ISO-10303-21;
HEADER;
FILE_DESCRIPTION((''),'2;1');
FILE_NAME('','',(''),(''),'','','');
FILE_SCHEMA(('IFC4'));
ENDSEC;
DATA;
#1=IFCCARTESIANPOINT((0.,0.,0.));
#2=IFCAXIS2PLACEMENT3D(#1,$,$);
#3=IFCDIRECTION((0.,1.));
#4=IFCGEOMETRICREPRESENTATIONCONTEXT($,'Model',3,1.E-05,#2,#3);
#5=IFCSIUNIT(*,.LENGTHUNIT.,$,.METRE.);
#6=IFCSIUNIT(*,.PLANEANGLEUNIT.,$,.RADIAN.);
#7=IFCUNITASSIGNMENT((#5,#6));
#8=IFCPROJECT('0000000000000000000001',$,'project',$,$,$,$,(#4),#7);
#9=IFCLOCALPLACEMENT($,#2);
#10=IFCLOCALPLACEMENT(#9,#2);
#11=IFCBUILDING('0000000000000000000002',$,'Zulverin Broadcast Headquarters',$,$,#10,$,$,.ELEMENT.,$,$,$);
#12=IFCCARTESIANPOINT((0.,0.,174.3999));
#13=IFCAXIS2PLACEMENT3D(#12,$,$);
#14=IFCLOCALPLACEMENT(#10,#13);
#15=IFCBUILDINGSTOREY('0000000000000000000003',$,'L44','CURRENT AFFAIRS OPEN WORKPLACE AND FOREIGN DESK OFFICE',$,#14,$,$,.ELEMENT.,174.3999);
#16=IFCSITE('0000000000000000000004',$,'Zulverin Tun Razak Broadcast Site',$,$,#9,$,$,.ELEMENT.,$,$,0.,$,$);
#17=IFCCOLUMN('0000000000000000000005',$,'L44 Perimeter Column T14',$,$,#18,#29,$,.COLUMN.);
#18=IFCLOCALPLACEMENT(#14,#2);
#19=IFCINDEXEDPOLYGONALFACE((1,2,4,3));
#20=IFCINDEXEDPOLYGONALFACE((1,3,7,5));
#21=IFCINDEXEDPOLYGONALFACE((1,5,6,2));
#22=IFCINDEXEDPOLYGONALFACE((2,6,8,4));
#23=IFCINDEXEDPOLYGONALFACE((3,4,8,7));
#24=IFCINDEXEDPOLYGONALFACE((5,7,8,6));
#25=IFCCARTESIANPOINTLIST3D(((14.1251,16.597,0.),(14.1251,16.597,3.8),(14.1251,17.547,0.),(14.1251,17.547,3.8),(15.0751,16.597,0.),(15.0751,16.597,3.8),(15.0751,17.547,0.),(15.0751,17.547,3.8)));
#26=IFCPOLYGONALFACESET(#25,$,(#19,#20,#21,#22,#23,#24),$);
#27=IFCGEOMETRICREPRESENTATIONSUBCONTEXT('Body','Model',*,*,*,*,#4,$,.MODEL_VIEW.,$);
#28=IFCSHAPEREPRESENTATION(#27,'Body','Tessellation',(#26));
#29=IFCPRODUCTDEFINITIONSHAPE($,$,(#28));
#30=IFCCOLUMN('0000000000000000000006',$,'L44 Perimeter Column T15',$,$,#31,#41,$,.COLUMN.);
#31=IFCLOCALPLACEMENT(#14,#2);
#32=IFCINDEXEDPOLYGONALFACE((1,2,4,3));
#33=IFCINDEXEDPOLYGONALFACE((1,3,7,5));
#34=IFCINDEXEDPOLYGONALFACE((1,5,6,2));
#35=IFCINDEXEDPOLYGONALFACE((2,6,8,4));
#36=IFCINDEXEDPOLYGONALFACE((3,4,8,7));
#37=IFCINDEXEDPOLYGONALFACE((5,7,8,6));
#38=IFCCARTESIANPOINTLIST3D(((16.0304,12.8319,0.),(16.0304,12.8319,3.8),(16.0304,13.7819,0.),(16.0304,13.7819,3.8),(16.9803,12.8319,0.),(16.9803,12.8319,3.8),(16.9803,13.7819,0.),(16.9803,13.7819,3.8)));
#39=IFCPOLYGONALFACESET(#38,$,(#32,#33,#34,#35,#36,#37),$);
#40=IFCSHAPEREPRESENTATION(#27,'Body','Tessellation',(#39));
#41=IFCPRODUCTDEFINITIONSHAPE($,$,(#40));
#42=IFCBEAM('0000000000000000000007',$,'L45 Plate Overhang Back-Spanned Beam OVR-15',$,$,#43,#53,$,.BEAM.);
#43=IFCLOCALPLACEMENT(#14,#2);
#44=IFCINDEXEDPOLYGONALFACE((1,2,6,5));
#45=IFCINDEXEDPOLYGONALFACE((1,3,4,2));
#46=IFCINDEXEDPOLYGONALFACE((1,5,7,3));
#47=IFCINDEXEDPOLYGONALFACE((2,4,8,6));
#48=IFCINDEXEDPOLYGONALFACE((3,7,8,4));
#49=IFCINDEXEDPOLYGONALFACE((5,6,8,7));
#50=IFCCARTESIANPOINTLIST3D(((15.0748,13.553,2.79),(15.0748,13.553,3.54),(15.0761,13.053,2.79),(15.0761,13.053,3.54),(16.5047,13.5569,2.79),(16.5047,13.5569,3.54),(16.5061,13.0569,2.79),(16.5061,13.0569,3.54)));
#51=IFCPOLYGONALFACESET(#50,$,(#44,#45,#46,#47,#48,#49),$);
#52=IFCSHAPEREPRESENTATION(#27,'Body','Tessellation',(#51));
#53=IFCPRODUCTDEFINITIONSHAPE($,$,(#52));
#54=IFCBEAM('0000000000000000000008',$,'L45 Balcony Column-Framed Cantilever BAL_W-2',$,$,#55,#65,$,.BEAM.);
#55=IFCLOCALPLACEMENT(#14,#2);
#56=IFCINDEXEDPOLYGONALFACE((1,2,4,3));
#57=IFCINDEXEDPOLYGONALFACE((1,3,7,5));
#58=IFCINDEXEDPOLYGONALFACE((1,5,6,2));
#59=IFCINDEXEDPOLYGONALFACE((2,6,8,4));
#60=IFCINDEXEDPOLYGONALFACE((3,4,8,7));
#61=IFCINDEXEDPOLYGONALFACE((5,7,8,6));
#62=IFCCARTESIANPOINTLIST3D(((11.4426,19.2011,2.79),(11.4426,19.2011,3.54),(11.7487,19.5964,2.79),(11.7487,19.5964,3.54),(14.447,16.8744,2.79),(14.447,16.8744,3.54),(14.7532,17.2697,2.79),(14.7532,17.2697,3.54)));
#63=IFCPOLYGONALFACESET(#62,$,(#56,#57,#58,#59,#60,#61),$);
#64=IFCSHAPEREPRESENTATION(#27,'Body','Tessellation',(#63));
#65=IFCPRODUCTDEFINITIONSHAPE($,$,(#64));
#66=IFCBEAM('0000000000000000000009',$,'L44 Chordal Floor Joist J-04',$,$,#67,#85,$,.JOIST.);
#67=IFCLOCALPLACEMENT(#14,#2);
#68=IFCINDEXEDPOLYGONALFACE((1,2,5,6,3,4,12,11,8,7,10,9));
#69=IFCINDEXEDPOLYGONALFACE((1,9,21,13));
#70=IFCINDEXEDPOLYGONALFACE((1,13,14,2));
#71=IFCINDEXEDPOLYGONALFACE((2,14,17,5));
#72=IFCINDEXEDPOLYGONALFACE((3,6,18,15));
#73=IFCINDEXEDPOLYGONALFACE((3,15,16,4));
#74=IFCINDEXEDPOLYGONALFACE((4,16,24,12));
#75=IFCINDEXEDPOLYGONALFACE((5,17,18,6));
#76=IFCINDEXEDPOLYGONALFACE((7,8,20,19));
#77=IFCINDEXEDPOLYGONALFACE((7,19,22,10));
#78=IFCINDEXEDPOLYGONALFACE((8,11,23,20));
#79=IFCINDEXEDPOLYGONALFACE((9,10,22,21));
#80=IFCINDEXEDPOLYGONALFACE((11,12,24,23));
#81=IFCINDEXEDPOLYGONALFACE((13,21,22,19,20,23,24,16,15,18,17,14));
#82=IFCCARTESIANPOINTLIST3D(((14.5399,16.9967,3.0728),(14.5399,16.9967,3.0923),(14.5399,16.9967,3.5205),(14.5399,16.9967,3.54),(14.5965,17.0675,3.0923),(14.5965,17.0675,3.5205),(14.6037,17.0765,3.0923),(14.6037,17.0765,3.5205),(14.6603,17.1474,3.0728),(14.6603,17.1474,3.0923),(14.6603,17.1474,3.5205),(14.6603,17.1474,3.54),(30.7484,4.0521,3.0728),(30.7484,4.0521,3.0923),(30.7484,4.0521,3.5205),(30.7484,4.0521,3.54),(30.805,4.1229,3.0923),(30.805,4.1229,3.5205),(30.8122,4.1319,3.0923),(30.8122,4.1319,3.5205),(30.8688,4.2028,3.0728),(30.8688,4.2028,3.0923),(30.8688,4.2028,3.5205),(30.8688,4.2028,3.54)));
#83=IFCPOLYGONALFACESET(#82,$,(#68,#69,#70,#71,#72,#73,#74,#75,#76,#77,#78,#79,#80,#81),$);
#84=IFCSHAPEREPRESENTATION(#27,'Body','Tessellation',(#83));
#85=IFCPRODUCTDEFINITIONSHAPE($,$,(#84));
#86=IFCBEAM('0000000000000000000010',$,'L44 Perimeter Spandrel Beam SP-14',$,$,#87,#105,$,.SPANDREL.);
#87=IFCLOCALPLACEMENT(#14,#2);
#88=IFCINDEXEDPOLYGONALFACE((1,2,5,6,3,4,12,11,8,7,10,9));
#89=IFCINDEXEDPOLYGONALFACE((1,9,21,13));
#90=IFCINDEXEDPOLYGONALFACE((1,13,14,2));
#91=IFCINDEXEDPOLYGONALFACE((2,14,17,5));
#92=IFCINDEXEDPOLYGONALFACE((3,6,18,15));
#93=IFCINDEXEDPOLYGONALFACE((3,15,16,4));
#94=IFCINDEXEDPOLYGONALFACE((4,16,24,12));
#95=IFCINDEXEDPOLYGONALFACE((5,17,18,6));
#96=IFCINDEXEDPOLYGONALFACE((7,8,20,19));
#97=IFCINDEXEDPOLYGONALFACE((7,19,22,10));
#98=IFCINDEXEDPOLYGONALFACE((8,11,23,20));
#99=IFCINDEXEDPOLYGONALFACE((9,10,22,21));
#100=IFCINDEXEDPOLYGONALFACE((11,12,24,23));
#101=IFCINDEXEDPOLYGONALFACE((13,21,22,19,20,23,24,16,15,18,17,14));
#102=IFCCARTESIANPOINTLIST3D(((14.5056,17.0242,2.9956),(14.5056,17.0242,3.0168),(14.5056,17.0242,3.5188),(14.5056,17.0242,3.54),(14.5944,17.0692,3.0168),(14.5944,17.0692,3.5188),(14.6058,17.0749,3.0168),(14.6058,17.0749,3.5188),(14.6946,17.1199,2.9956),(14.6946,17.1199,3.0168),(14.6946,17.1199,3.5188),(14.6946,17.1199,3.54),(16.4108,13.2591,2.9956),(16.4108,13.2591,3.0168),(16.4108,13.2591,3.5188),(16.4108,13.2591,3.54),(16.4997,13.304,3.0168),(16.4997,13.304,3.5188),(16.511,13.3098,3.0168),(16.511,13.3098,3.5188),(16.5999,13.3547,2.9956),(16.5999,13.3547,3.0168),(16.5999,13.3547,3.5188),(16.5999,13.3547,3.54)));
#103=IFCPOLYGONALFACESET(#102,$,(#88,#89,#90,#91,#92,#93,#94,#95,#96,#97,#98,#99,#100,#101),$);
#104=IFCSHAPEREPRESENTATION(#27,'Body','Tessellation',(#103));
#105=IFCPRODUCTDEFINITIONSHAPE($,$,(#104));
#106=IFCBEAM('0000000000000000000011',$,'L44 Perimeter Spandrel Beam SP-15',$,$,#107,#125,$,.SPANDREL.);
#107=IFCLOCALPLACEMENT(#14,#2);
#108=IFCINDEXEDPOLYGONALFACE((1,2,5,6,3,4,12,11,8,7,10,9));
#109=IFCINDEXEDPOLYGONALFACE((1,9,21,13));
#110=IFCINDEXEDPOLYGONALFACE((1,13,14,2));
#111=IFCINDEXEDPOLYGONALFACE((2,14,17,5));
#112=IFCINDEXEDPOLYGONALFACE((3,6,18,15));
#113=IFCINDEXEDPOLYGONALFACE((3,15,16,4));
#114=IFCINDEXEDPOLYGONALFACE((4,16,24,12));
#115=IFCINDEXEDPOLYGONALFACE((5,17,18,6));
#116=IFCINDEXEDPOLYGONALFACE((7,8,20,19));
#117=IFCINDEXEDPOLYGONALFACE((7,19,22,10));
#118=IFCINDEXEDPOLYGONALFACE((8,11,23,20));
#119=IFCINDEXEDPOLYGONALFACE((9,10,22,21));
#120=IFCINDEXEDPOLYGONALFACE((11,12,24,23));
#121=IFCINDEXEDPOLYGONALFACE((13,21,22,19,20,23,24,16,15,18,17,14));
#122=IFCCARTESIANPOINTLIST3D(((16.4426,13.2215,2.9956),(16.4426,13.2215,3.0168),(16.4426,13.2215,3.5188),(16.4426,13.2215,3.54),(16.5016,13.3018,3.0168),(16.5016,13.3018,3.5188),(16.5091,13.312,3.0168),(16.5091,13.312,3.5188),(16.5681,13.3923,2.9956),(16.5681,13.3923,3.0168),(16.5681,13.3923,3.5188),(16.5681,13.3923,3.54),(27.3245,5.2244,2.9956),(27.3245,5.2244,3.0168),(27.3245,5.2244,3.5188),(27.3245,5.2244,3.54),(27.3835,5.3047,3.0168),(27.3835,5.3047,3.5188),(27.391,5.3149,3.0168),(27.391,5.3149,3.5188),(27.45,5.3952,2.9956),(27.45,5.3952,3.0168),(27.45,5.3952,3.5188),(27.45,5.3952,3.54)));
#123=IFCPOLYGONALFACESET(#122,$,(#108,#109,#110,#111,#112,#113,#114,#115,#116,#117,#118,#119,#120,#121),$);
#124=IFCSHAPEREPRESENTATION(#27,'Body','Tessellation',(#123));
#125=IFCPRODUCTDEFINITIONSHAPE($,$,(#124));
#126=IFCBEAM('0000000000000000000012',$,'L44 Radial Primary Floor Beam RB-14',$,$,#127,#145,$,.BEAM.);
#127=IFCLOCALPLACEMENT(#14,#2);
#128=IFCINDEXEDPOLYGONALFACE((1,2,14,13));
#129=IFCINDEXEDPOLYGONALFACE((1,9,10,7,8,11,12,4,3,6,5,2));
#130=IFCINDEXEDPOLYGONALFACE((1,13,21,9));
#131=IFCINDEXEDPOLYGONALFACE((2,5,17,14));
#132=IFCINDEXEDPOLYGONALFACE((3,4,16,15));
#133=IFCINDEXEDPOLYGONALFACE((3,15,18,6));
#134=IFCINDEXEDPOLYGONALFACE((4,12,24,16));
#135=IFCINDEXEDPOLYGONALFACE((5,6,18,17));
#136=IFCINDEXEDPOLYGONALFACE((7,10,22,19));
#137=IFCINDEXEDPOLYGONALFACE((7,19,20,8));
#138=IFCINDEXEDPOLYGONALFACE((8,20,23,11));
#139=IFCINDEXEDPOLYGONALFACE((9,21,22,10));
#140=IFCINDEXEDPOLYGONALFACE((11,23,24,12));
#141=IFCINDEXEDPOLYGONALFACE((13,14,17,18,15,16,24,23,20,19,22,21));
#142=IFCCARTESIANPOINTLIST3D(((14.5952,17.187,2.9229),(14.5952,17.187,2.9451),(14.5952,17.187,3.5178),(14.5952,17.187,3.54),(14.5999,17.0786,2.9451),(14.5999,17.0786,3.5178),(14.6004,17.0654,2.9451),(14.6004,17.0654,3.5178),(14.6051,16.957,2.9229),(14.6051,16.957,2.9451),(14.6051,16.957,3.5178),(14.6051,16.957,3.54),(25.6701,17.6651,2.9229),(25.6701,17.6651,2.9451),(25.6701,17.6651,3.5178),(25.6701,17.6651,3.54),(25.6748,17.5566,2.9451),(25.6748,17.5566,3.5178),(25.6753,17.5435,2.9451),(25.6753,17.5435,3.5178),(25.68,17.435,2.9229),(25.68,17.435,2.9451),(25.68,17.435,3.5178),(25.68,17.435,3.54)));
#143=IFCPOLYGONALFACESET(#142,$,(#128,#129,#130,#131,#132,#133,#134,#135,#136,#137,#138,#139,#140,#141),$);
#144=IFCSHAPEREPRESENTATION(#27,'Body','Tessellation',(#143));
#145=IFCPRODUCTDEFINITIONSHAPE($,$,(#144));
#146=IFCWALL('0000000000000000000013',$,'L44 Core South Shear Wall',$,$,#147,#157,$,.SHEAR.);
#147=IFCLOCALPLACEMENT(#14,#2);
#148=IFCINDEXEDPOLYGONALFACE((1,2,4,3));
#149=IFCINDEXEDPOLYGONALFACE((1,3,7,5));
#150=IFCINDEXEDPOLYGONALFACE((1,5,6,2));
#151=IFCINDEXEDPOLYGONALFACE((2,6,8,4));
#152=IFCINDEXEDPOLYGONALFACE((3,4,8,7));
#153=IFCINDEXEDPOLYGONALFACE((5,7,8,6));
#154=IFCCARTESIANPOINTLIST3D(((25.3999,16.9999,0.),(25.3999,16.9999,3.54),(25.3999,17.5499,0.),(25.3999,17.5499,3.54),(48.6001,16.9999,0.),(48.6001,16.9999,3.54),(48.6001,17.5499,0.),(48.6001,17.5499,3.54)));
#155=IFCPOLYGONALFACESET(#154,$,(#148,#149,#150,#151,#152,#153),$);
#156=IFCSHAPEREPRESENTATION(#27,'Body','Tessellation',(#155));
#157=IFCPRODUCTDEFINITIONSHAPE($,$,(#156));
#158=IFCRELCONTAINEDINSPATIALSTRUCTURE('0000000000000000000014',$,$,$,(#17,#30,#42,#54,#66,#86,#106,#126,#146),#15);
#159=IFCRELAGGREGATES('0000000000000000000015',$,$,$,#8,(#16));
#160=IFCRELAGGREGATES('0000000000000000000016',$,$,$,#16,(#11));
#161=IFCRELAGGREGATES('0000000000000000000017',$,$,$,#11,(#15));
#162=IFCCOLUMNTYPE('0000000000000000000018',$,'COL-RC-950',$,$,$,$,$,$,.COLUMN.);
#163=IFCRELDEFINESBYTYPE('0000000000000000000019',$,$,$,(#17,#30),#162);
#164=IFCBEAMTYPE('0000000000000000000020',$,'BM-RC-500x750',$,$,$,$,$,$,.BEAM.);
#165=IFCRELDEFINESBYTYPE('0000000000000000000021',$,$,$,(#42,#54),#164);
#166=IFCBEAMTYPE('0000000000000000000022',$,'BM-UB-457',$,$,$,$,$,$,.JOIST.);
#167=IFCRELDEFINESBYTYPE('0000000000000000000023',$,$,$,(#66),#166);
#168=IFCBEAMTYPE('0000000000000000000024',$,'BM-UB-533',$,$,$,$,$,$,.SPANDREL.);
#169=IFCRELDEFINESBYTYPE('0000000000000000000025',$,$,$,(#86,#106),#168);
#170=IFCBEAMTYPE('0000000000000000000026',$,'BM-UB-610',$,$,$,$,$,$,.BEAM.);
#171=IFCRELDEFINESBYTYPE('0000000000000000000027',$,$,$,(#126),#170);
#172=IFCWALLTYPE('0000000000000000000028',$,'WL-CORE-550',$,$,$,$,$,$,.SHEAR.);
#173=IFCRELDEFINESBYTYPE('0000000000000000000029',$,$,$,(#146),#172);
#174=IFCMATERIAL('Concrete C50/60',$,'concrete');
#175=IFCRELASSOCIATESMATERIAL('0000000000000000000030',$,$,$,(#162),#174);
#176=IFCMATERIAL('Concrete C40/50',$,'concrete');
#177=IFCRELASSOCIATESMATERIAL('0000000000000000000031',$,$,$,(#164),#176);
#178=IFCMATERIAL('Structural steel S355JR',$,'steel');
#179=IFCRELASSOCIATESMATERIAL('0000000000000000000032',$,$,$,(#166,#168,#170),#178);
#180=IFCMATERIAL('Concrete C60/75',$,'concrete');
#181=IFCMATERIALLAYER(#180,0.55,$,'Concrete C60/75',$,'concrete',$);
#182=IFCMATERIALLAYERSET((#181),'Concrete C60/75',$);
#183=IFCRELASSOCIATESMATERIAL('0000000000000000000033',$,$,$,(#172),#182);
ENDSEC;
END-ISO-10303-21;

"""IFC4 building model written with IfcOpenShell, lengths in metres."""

from ifc_helpers import new_model, si_unit, direction, frame, frame_2d, origin, origin_2d, place, context, subcontext, project, spatial, rectangle, i_section, extrude, material, layer, layer_set, material_profile, profile_set, type_object, element, save


model = new_model("IFC4")

# Units and contexts
model_context = context("Model", 3, precision=1e-05, world=origin(), true_north=direction((0.0, 1.0)))
body_context = subcontext(model_context, "Body", "Model", "MODEL_VIEW")
ifc_project = project(units=[si_unit("LENGTHUNIT", "METRE"), si_unit("PLANEANGLEUNIT", "RADIAN")], contexts=[model_context])

# Site, building, storey
site_placement = place(None, origin())
site = spatial("IfcSite", under=ifc_project, at=site_placement, Name="Zulverin Tun Razak Broadcast Site", CompositionType="ELEMENT", RefElevation=0.0)
building_placement = place(site_placement, origin())
building = spatial("IfcBuilding", under=site, at=building_placement, Name="Zulverin Broadcast Headquarters", CompositionType="ELEMENT")
storey_placement = place(building_placement, frame((0.0, 0.0, 174.3999)))
storey = spatial("IfcBuildingStorey", under=building, at=storey_placement, Name="L44", Description="CURRENT AFFAIRS OPEN WORKPLACE AND FOREIGN DESK OFFICE", CompositionType="ELEMENT", Elevation=174.3999)

# Columns
ifc_material_1 = material(Name="Concrete C50/60", Category="concrete")
ifc_material_profile_1 = material_profile(ifc_material_1, rectangle(XDim=0.95, YDim=0.95, at=origin_2d()), Name="Concrete C50/60", Category="concrete")
ifc_profile_set_1 = profile_set([ifc_material_profile_1], Name="Concrete C50/60")
column_type = type_object("IfcColumnType", Name="COL-RC-950", PredefinedType="COLUMN", material=ifc_profile_set_1)
for number, where, z_axis, x_axis, name in (
    (1, (14.6001, 17.072, 0.0), (0.0, 0.0, 1.0), (1.0, 0.0, 0.0), "L44 Perimeter Column T14"),
    (2, (16.5054, 13.3069, 0.0), (0.0, 0.0, 1.0), (1.0, 0.0, 0.0), "L44 Perimeter Column T15"),
):
    element("IfcColumn", number, at=place(storey_placement, frame(where, z_axis=z_axis, x_axis=x_axis)), inside=storey, type_object=column_type, Name=name, PredefinedType="COLUMN", context=body_context, shape_type="SweptSolid", body=[
        extrude(rectangle(XDim=0.95, YDim=0.95, at=origin_2d()), origin(), (0.0, 0.0, 1.0), 3.8),
    ])

# Beams
ifc_material_2 = material(Name="Concrete C40/50", Category="concrete")
ifc_material_profile_2 = material_profile(ifc_material_2, rectangle(XDim=0.5, YDim=0.75, at=origin_2d()), Name="Concrete C40/50", Category="concrete")
ifc_profile_set_2 = profile_set([ifc_material_profile_2], Name="Concrete C40/50")
beam_type_1 = type_object("IfcBeamType", Name="BM-RC-500x750", PredefinedType="BEAM", material=ifc_profile_set_2)
beam_1_placement = place(storey_placement, frame((16.5054, 13.3069, 3.165), z_axis=(-0.999996, -0.002732, 0.0), x_axis=(0.002732, -0.999996, 0.0)))
element("IfcBeam", 3, at=beam_1_placement, inside=storey, type_object=beam_type_1, Name="L45 Plate Overhang Back-Spanned Beam OVR-15", PredefinedType="BEAM", context=body_context, shape_type="SweptSolid", body=[
    extrude(rectangle(XDim=0.5, YDim=0.75, at=origin_2d()), origin(), (0.0, 0.0, 1.0), 1.4299),
])
beam_2_placement = place(storey_placement, frame((14.6001, 17.072, 3.165), z_axis=(-0.790637, 0.612285, 0.0), x_axis=(-0.612285, -0.790637, 0.0)))
element("IfcBeam", 4, at=beam_2_placement, inside=storey, type_object=beam_type_1, Name="L45 Balcony Column-Framed Cantilever BAL_W-2", PredefinedType="BEAM", context=body_context, shape_type="SweptSolid", body=[
    extrude(rectangle(XDim=0.5, YDim=0.75, at=origin_2d()), origin(), (0.0, 0.0, 1.0), 3.8),
])
ifc_material_3 = material(Name="Structural steel S355JR", Category="steel")
ifc_material_profile_3 = material_profile(ifc_material_3, i_section(OverallWidth=0.1929, OverallDepth=0.4673, WebThickness=0.0115, FlangeThickness=0.0195, at=origin_2d()), Name="Structural steel S355JR", Category="steel")
ifc_profile_set_3 = profile_set([ifc_material_profile_3], Name="Structural steel S355JR")
beam_type_2 = type_object("IfcBeamType", Name="BM-UB-457", PredefinedType="JOIST", material=ifc_profile_set_3)
beam_3_placement = place(storey_placement, frame((14.6001, 17.072, 3.3064), z_axis=(0.781391, -0.624042, 0.0), x_axis=(0.624042, 0.781391, 0.0)))
element("IfcBeam", 5, at=beam_3_placement, inside=storey, type_object=beam_type_2, Name="L44 Chordal Floor Joist J-04", PredefinedType="JOIST", context=body_context, shape_type="SweptSolid", body=[
    extrude(i_section(OverallWidth=0.1929, OverallDepth=0.4673, WebThickness=0.0115, FlangeThickness=0.0195, at=origin_2d()), origin(), (0.0, 0.0, 1.0), 20.7432),
])
ifc_material_profile_4 = material_profile(ifc_material_3, i_section(OverallWidth=0.2119, OverallDepth=0.5444, WebThickness=0.0127, FlangeThickness=0.0212, at=origin_2d()), Name="Structural steel S355JR", Category="steel")
ifc_profile_set_4 = profile_set([ifc_material_profile_4], Name="Structural steel S355JR")
beam_type_3 = type_object("IfcBeamType", Name="BM-UB-533", PredefinedType="SPANDREL", material=ifc_profile_set_4)
beam_4_placement = place(storey_placement, frame((14.6001, 17.072, 3.2678), z_axis=(0.451513, -0.892265, 0.0), x_axis=(0.892265, 0.451513, 0.0)))
element("IfcBeam", 6, at=beam_4_placement, inside=storey, type_object=beam_type_3, Name="L44 Perimeter Spandrel Beam SP-14", PredefinedType="SPANDREL", context=body_context, shape_type="SweptSolid", body=[
    extrude(i_section(OverallWidth=0.2119, OverallDepth=0.5444, WebThickness=0.0127, FlangeThickness=0.0212, at=origin_2d()), origin(), (0.0, 0.0, 1.0), 4.2197),
])
beam_5_placement = place(storey_placement, frame((16.5054, 13.3069, 3.2678), z_axis=(0.805802, -0.592185, 0.0), x_axis=(0.592185, 0.805802, 0.0)))
element("IfcBeam", 7, at=beam_5_placement, inside=storey, type_object=beam_type_3, Name="L44 Perimeter Spandrel Beam SP-15", PredefinedType="SPANDREL", context=body_context, shape_type="SweptSolid", body=[
    extrude(i_section(OverallWidth=0.2119, OverallDepth=0.5444, WebThickness=0.0127, FlangeThickness=0.0212, at=origin_2d()), origin(), (0.0, 0.0, 1.0), 13.5044),
])
ifc_material_profile_5 = material_profile(ifc_material_3, i_section(OverallWidth=0.2302, OverallDepth=0.6172, WebThickness=0.0132, FlangeThickness=0.0222, at=origin_2d()), Name="Structural steel S355JR", Category="steel")
ifc_profile_set_5 = profile_set([ifc_material_profile_5], Name="Structural steel S355JR")
beam_type_4 = type_object("IfcBeamType", Name="BM-UB-610", PredefinedType="BEAM", material=ifc_profile_set_5)
beam_6_placement = place(storey_placement, frame((25.675, 17.55, 3.2314), z_axis=(-0.99907, -0.043123, 0.0), x_axis=(0.043123, -0.99907, 0.0)))
element("IfcBeam", 8, at=beam_6_placement, inside=storey, type_object=beam_type_4, Name="L44 Radial Primary Floor Beam RB-14", PredefinedType="BEAM", context=body_context, shape_type="SweptSolid", body=[
    extrude(i_section(OverallWidth=0.2302, OverallDepth=0.6172, WebThickness=0.0132, FlangeThickness=0.0222, at=origin_2d()), origin(), (0.0, 0.0, 1.0), 11.0852),
])

# Wall
ifc_material_4 = material(Name="Concrete C60/75", Category="concrete")
ifc_layer_1 = layer(ifc_material_4, 0.55, Name="Concrete C60/75", Category="concrete")
ifc_layer_set_1 = layer_set([ifc_layer_1], Name="Concrete C60/75")
wall_type_1 = type_object("IfcWallType", Name="WL-CORE-550", PredefinedType="SHEAR", material=ifc_layer_set_1)
wall_1_placement = place(storey_placement, frame((25.3999, 17.2749, 0.0), z_axis=(0.0, 0.0, 1.0), x_axis=(1.0, 0.0, 0.0)))
element("IfcWall", 9, at=wall_1_placement, inside=storey, type_object=wall_type_1, Name="L44 Core South Shear Wall", PredefinedType="SHEAR", context=body_context, shape_type="SweptSolid", body=[
    extrude(rectangle(XDim=23.2002, YDim=0.55, at=frame_2d((11.6001, 0.0))), origin(), (0.0, 0.0, 1.0), 3.54),
])

save(model, "model.ifc")
